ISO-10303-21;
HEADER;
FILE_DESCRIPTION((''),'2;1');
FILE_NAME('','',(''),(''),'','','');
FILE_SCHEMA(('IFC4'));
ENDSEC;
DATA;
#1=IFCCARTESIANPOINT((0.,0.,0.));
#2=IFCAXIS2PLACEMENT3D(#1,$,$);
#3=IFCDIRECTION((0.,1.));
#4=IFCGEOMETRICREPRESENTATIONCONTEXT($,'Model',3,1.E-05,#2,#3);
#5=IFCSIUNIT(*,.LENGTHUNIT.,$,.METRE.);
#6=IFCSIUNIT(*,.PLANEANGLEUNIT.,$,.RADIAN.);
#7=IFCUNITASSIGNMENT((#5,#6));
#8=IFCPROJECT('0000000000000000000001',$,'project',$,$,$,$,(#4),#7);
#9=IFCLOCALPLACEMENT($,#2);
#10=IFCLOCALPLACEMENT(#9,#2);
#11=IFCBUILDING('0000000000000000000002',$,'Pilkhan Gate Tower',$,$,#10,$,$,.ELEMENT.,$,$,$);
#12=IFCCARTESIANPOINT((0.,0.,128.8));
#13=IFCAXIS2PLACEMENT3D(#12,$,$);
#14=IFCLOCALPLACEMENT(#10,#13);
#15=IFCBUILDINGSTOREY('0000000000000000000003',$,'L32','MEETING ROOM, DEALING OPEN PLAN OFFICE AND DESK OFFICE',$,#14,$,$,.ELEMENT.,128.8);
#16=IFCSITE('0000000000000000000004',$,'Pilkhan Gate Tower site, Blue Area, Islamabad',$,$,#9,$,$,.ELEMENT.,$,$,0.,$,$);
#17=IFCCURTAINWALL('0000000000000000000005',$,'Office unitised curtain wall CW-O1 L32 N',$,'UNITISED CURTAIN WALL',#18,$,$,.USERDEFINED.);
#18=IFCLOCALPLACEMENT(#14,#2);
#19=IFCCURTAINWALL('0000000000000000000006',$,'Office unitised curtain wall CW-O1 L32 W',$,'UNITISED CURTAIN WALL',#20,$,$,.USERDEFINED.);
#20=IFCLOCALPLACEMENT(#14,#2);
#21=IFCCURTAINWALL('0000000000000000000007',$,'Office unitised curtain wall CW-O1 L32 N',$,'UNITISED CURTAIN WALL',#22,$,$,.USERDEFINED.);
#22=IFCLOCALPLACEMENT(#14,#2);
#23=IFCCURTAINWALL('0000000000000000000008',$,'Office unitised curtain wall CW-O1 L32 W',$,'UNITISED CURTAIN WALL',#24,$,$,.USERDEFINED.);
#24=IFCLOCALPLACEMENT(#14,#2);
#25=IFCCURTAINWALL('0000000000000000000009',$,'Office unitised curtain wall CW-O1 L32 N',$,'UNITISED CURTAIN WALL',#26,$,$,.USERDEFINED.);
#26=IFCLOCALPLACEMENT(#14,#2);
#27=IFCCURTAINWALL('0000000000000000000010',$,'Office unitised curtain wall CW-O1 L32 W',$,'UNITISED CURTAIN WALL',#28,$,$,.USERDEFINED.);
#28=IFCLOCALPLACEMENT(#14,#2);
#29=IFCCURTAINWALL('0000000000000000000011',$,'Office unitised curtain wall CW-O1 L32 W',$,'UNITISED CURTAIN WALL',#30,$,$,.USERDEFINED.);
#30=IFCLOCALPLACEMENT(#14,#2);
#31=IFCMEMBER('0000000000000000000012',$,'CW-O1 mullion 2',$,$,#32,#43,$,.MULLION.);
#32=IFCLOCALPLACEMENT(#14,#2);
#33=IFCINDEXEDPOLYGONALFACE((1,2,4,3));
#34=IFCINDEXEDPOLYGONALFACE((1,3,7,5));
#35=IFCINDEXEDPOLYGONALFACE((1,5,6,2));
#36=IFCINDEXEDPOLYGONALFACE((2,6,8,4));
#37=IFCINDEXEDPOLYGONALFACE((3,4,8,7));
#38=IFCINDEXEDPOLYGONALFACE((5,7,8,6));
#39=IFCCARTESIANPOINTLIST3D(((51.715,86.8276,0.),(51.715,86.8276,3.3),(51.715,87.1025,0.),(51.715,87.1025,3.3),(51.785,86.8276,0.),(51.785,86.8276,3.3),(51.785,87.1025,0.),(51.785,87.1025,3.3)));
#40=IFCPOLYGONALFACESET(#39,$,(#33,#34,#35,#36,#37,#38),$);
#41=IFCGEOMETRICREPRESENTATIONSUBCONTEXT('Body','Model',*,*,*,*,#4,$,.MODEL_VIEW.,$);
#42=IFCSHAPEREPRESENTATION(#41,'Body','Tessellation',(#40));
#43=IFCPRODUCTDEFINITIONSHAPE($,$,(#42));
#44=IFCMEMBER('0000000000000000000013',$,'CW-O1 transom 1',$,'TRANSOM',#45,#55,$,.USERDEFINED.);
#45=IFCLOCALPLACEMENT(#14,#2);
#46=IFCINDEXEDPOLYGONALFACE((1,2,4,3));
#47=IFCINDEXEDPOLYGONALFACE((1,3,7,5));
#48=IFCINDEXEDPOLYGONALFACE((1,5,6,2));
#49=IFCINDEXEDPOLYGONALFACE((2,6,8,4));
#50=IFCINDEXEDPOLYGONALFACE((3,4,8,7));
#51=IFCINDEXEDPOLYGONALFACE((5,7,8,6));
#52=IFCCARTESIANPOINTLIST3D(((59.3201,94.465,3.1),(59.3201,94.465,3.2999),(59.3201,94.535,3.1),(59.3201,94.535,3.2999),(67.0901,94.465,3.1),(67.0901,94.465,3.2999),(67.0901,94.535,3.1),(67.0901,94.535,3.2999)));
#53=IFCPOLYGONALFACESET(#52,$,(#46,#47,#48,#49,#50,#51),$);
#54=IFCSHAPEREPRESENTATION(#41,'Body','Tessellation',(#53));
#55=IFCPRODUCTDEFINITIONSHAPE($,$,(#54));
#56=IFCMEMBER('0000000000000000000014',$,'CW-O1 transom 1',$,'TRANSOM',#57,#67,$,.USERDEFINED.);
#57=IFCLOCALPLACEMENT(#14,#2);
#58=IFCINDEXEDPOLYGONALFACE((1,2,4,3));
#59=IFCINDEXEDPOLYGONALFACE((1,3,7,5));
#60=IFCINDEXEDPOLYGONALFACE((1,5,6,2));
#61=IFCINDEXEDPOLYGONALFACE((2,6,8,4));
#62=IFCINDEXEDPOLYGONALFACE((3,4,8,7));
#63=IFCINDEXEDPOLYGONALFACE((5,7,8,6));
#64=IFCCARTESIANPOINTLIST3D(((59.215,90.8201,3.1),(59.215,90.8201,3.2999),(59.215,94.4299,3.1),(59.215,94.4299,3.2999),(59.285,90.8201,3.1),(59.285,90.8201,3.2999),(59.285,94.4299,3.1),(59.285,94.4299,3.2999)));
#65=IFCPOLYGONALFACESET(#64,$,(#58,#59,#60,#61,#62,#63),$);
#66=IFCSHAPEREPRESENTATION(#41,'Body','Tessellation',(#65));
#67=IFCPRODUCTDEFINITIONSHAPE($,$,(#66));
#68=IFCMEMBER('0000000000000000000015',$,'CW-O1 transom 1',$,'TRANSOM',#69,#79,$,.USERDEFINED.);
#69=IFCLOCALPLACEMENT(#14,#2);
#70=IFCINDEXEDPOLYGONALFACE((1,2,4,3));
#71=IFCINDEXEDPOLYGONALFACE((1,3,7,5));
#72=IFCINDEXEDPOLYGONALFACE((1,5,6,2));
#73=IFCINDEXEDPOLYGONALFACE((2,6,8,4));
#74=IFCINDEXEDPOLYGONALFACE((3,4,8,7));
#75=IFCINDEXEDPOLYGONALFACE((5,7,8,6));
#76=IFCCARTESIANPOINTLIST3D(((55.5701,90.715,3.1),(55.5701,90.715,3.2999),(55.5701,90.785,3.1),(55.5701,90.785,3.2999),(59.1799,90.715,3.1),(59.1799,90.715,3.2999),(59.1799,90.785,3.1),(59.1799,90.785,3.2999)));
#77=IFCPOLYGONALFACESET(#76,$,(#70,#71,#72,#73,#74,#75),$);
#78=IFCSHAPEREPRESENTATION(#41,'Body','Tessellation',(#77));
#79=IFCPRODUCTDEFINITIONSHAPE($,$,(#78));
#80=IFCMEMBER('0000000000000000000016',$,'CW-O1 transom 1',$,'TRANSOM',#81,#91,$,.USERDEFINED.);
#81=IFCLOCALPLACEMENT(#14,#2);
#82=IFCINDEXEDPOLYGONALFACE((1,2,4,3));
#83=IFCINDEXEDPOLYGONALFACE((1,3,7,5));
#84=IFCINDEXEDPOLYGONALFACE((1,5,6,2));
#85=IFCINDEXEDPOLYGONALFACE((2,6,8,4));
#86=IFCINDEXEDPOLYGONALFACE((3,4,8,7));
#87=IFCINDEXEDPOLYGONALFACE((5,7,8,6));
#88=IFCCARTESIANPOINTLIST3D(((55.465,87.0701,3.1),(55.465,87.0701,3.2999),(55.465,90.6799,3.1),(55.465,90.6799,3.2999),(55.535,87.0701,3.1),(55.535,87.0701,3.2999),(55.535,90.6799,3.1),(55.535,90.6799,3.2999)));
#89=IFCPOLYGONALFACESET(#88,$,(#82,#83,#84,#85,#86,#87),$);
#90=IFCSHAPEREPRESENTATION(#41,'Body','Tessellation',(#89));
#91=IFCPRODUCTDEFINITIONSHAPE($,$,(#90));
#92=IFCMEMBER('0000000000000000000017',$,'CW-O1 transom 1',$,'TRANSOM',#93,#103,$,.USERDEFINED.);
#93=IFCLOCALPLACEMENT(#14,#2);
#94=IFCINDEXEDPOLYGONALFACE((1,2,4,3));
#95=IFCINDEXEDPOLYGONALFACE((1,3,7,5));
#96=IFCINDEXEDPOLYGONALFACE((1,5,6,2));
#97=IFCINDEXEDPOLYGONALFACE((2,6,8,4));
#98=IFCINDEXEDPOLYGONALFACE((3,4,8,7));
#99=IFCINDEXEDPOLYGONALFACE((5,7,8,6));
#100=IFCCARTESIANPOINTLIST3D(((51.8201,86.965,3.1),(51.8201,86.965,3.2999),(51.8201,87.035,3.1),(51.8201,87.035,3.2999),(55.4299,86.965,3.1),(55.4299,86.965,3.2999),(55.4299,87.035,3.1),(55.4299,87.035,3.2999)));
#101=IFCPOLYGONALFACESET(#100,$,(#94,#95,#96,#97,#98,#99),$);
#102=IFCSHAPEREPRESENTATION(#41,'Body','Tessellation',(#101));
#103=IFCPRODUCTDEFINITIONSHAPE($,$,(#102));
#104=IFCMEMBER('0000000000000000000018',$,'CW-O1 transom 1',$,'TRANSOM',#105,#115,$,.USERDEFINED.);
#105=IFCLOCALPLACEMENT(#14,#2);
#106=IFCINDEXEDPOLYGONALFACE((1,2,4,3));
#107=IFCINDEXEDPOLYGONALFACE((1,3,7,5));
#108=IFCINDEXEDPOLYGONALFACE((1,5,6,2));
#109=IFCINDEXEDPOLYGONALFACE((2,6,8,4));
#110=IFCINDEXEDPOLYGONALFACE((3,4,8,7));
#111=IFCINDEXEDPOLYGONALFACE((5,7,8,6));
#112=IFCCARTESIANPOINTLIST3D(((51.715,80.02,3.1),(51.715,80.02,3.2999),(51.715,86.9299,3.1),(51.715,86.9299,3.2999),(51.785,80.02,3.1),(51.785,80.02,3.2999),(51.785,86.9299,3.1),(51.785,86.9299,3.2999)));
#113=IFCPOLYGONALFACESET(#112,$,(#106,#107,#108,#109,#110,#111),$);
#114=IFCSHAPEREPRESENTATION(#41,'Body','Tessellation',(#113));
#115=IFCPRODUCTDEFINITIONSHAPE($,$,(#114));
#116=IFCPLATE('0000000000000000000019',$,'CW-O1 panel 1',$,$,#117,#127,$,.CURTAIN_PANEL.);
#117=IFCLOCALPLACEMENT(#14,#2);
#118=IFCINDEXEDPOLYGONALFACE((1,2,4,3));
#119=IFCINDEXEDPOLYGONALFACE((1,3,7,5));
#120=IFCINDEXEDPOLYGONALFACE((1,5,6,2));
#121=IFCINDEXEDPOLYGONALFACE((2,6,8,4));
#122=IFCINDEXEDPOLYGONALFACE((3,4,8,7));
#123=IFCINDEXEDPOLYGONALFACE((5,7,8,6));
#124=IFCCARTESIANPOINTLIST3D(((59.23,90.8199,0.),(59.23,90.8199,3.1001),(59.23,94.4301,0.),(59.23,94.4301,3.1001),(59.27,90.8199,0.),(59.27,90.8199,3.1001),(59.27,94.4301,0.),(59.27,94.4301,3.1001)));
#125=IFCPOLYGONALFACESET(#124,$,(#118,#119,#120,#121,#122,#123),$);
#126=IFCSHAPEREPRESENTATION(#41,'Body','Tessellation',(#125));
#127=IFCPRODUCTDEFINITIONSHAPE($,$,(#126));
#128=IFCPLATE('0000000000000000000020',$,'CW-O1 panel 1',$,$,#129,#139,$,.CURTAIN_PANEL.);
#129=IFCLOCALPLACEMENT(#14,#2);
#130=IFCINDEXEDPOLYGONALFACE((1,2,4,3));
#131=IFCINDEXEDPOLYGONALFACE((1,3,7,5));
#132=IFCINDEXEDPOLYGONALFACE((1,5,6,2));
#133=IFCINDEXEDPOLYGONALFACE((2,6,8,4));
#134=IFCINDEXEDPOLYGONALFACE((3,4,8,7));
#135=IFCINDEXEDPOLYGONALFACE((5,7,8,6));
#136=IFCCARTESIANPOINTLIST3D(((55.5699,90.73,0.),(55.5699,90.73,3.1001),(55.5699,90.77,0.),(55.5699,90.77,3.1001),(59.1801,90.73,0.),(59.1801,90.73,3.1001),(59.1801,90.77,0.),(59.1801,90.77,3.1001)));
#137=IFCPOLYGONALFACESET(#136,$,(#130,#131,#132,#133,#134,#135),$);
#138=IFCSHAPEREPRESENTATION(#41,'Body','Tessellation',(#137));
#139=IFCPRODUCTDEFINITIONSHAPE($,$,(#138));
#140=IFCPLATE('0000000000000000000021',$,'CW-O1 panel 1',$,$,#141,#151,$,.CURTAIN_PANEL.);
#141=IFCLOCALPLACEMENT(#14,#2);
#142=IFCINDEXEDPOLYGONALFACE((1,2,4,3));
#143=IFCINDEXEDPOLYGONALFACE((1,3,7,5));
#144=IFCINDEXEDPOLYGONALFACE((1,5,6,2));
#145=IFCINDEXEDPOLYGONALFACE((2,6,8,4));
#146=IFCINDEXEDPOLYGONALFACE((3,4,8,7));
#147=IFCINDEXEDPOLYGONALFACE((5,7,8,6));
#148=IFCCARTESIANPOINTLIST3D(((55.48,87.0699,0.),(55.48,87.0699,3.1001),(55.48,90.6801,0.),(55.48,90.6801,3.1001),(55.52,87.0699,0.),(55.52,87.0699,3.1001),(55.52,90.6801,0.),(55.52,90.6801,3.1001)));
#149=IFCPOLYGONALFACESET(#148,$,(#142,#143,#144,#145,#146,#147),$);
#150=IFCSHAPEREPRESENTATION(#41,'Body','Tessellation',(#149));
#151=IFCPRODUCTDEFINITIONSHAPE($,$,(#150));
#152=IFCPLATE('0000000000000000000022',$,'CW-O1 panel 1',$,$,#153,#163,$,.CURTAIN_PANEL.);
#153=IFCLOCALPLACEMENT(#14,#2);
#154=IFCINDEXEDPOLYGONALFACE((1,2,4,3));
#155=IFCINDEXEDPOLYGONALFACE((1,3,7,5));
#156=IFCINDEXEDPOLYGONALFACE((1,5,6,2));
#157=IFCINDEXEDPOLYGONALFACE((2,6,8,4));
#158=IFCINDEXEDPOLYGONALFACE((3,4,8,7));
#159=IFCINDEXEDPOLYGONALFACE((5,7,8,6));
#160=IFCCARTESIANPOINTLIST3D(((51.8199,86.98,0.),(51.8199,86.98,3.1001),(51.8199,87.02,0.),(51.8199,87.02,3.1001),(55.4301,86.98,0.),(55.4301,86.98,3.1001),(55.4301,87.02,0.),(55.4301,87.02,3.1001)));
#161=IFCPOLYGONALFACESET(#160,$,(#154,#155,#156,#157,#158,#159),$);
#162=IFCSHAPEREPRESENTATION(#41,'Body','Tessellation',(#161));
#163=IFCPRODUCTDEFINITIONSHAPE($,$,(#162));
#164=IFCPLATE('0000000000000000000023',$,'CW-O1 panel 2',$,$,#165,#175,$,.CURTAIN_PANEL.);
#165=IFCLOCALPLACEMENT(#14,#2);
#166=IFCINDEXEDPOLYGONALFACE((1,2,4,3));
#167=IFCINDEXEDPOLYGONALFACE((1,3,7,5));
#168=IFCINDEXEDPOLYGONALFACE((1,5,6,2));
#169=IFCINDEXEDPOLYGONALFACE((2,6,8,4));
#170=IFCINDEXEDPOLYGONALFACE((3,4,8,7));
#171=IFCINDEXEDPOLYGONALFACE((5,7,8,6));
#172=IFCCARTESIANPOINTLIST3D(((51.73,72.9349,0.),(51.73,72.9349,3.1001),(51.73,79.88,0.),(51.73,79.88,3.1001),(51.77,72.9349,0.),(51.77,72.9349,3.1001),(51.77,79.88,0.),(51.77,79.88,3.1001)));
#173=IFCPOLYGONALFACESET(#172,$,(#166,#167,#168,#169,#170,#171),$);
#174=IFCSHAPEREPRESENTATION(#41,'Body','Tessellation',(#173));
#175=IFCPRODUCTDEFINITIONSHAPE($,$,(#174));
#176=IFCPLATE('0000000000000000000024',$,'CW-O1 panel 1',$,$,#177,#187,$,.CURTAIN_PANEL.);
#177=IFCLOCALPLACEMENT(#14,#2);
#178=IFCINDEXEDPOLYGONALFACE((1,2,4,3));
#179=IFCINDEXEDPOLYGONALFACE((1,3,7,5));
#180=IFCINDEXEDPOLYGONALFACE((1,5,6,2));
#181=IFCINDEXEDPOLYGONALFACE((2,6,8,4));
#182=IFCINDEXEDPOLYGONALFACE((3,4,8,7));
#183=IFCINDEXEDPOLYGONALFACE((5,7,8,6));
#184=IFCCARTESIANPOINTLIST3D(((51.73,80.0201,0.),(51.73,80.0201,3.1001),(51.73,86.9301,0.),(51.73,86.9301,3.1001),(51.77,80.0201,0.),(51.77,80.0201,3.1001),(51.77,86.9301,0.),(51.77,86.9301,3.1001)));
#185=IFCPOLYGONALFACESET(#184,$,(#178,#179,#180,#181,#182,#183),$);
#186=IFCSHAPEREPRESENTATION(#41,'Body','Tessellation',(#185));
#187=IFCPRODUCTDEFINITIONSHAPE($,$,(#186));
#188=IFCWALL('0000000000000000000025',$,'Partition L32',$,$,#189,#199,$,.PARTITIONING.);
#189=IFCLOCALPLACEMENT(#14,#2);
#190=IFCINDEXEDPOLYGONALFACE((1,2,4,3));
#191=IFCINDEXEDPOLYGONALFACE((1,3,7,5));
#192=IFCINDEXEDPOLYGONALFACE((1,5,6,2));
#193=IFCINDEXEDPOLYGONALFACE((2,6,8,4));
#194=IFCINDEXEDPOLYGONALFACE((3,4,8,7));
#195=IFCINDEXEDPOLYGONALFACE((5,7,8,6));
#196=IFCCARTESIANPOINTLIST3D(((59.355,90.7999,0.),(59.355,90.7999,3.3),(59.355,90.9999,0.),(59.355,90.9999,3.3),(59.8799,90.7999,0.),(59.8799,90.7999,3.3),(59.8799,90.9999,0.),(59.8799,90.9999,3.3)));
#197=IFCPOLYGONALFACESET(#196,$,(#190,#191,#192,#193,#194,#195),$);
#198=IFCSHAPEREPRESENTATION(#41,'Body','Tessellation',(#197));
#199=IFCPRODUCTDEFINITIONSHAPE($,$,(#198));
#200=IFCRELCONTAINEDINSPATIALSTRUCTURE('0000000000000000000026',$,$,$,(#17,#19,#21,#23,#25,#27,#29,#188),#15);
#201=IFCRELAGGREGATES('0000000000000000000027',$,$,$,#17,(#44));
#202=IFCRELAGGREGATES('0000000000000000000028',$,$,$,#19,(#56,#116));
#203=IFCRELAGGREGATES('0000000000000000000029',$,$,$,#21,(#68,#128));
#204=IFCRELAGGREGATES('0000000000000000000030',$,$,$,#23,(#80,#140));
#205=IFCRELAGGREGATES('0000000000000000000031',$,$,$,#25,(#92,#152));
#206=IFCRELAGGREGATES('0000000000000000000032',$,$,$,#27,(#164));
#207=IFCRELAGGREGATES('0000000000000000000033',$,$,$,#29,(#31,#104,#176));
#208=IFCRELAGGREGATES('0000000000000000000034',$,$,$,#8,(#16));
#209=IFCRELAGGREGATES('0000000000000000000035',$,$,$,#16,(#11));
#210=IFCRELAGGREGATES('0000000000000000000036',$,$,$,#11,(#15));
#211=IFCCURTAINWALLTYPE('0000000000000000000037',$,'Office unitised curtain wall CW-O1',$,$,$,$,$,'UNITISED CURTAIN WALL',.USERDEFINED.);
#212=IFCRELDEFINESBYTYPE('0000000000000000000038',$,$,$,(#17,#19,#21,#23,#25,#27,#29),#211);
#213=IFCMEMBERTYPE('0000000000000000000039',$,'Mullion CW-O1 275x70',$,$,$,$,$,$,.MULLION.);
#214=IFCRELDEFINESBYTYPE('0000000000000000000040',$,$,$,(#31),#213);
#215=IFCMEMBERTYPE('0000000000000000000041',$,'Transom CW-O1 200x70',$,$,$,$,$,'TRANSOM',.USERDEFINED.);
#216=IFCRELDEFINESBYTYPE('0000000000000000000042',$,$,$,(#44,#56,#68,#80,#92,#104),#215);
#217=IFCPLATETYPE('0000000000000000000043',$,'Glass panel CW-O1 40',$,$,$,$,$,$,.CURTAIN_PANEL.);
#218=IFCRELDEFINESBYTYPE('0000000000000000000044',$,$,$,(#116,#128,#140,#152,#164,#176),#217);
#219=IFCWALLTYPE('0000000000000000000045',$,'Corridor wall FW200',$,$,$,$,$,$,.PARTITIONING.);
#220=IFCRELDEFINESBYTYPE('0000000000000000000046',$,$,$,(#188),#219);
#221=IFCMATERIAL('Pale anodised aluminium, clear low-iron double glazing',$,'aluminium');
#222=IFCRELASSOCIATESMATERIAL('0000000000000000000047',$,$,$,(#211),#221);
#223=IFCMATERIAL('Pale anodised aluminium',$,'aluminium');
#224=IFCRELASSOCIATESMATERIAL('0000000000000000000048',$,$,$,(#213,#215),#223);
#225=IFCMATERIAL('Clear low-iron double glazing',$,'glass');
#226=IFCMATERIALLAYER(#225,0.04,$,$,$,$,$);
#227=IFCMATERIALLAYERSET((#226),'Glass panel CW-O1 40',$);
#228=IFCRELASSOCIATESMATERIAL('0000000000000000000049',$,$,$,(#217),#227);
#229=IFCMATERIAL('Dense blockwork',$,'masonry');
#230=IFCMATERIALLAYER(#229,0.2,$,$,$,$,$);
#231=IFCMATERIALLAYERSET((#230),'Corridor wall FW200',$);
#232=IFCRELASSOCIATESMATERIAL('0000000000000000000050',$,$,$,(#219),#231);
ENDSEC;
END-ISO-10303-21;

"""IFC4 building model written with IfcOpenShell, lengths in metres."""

from ifc_helpers import new_model, si_unit, direction, frame, frame_2d, origin, origin_2d, place, context, subcontext, project, spatial, rectangle, extrude, material, layer, layer_set, material_profile, profile_set, type_object, element, aggregate, save


model = new_model("IFC4")

# Units and contexts
model_context = context("Model", 3, precision=1e-05, world=origin(), true_north=direction((0.0, 1.0)))
body_context = subcontext(model_context, "Body", "Model", "MODEL_VIEW")
ifc_project = project(units=[si_unit("LENGTHUNIT", "METRE"), si_unit("PLANEANGLEUNIT", "RADIAN")], contexts=[model_context])

# Site, building, storey
site_placement = place(None, origin())
site = spatial("IfcSite", under=ifc_project, at=site_placement, Name="Pilkhan Gate Tower site, Blue Area, Islamabad", CompositionType="ELEMENT", RefElevation=0.0)
building_placement = place(site_placement, origin())
building = spatial("IfcBuilding", under=site, at=building_placement, Name="Pilkhan Gate Tower", CompositionType="ELEMENT")
storey_placement = place(building_placement, frame((0.0, 0.0, 128.8)))
storey = spatial("IfcBuildingStorey", under=building, at=storey_placement, Name="L32", Description="MEETING ROOM, DEALING OPEN PLAN OFFICE AND DESK OFFICE", CompositionType="ELEMENT", Elevation=128.8)

# Curtain wall
ifc_material_1 = material(Name="Pale anodised aluminium, clear low-iron double glazing", Category="aluminium")
curtain_wall_type = type_object("IfcCurtainWallType", Name="Office unitised curtain wall CW-O1", ElementType="UNITISED CURTAIN WALL", PredefinedType="USERDEFINED", material=ifc_material_1)
curtain_wall_1_placement = place(storey_placement, origin())
curtain_wall_1 = element("IfcCurtainWall", 1, at=curtain_wall_1_placement, inside=storey, type_object=curtain_wall_type, Name="Office unitised curtain wall CW-O1 L32 N", ObjectType="UNITISED CURTAIN WALL", PredefinedType="USERDEFINED")
ifc_material_2 = material(Name="Pale anodised aluminium", Category="aluminium")
ifc_material_profile_1 = material_profile(ifc_material_2, rectangle(XDim=0.0701, YDim=0.2749, at=origin_2d()), Name="Mullion 275x70")
ifc_profile_set_1 = profile_set([ifc_material_profile_1], Name="Pale anodised aluminium")
member_type_1 = type_object("IfcMemberType", Name="Mullion CW-O1 275x70", PredefinedType="MULLION", material=ifc_profile_set_1)

# Curtain walls
curtain_wall_2_placement = place(storey_placement, origin())
curtain_wall_2 = element("IfcCurtainWall", 2, at=curtain_wall_2_placement, inside=storey, type_object=curtain_wall_type, Name="Office unitised curtain wall CW-O1 L32 W", ObjectType="UNITISED CURTAIN WALL", PredefinedType="USERDEFINED")
curtain_wall_3_placement = place(storey_placement, origin())
curtain_wall_3 = element("IfcCurtainWall", 3, at=curtain_wall_3_placement, inside=storey, type_object=curtain_wall_type, Name="Office unitised curtain wall CW-O1 L32 N", ObjectType="UNITISED CURTAIN WALL", PredefinedType="USERDEFINED")
curtain_wall_4_placement = place(storey_placement, origin())
curtain_wall_4 = element("IfcCurtainWall", 4, at=curtain_wall_4_placement, inside=storey, type_object=curtain_wall_type, Name="Office unitised curtain wall CW-O1 L32 W", ObjectType="UNITISED CURTAIN WALL", PredefinedType="USERDEFINED")
curtain_wall_5_placement = place(storey_placement, origin())
curtain_wall_5 = element("IfcCurtainWall", 5, at=curtain_wall_5_placement, inside=storey, type_object=curtain_wall_type, Name="Office unitised curtain wall CW-O1 L32 N", ObjectType="UNITISED CURTAIN WALL", PredefinedType="USERDEFINED")

# Curtain wall
curtain_wall_6_placement = place(storey_placement, origin())
curtain_wall_6 = element("IfcCurtainWall", 6, at=curtain_wall_6_placement, inside=storey, type_object=curtain_wall_type, Name="Office unitised curtain wall CW-O1 L32 W", ObjectType="UNITISED CURTAIN WALL", PredefinedType="USERDEFINED")

# Curtain wall, member
curtain_wall_7_placement = place(storey_placement, origin())
curtain_wall_7 = element("IfcCurtainWall", 7, at=curtain_wall_7_placement, inside=storey, type_object=curtain_wall_type, Name="Office unitised curtain wall CW-O1 L32 W", ObjectType="UNITISED CURTAIN WALL", PredefinedType="USERDEFINED")
member_1_placement = place(storey_placement, frame((51.75, 86.9651, 0.0), z_axis=(0.0, 0.0, 1.0), x_axis=(-1.0, 0.0, 0.0)))
member_1 = element("IfcMember", 8, at=member_1_placement, type_object=member_type_1, Name="CW-O1 mullion 2", PredefinedType="MULLION", context=body_context, shape_type="SweptSolid", body=[
    extrude(rectangle(XDim=0.0701, YDim=0.2749, at=origin_2d()), origin(), (0.0, 0.0, 1.0), 3.3),
])

# Members
ifc_material_profile_2 = material_profile(ifc_material_2, rectangle(XDim=0.0701, YDim=0.2, at=origin_2d()), Name="Transom 200x70")
ifc_profile_set_2 = profile_set([ifc_material_profile_2], Name="Pale anodised aluminium")
member_type_2 = type_object("IfcMemberType", Name="Transom CW-O1 200x70", ElementType="TRANSOM", PredefinedType="USERDEFINED", material=ifc_profile_set_2)
member_2_placement = place(storey_placement, frame((59.3201, 94.5, 3.2), z_axis=(1.0, 0.0, 0.0), x_axis=(0.0, 1.0, 0.0)))
member_2 = element("IfcMember", 9, at=member_2_placement, type_object=member_type_2, Name="CW-O1 transom 1", ObjectType="TRANSOM", PredefinedType="USERDEFINED", context=body_context, shape_type="SweptSolid", body=[
    extrude(rectangle(XDim=0.0701, YDim=0.2, at=origin_2d()), origin(), (0.0, 0.0, 1.0), 7.77),
])
aggregate(curtain_wall_1, [member_2])
member_3_placement = place(storey_placement, frame((59.25, 90.8201, 3.2), z_axis=(0.0, 1.0, 0.0), x_axis=(-1.0, 0.0, 0.0)))
member_3 = element("IfcMember", 10, at=member_3_placement, type_object=member_type_2, Name="CW-O1 transom 1", ObjectType="TRANSOM", PredefinedType="USERDEFINED", context=body_context, shape_type="SweptSolid", body=[
    extrude(rectangle(XDim=0.0701, YDim=0.2, at=origin_2d()), origin(), (0.0, 0.0, 1.0), 3.6099),
])
member_4_placement = place(storey_placement, frame((55.5701, 90.75, 3.2), z_axis=(1.0, 0.0, 0.0), x_axis=(0.0, 1.0, 0.0)))
member_4 = element("IfcMember", 11, at=member_4_placement, type_object=member_type_2, Name="CW-O1 transom 1", ObjectType="TRANSOM", PredefinedType="USERDEFINED", context=body_context, shape_type="SweptSolid", body=[
    extrude(rectangle(XDim=0.0701, YDim=0.2, at=origin_2d()), origin(), (0.0, 0.0, 1.0), 3.6099),
])
member_5_placement = place(storey_placement, frame((55.5, 87.0701, 3.2), z_axis=(0.0, 1.0, 0.0), x_axis=(-1.0, 0.0, 0.0)))
member_5 = element("IfcMember", 12, at=member_5_placement, type_object=member_type_2, Name="CW-O1 transom 1", ObjectType="TRANSOM", PredefinedType="USERDEFINED", context=body_context, shape_type="SweptSolid", body=[
    extrude(rectangle(XDim=0.0701, YDim=0.2, at=origin_2d()), origin(), (0.0, 0.0, 1.0), 3.6099),
])
member_6_placement = place(storey_placement, frame((51.8201, 87.0, 3.2), z_axis=(1.0, 0.0, 0.0), x_axis=(0.0, 1.0, 0.0)))
member_6 = element("IfcMember", 13, at=member_6_placement, type_object=member_type_2, Name="CW-O1 transom 1", ObjectType="TRANSOM", PredefinedType="USERDEFINED", context=body_context, shape_type="SweptSolid", body=[
    extrude(rectangle(XDim=0.0701, YDim=0.2, at=origin_2d()), origin(), (0.0, 0.0, 1.0), 3.6099),
])
member_7_placement = place(storey_placement, frame((51.75, 80.02, 3.2), z_axis=(0.0, 1.0, 0.0), x_axis=(-1.0, 0.0, 0.0)))
member_7 = element("IfcMember", 14, at=member_7_placement, type_object=member_type_2, Name="CW-O1 transom 1", ObjectType="TRANSOM", PredefinedType="USERDEFINED", context=body_context, shape_type="SweptSolid", body=[
    extrude(rectangle(XDim=0.0701, YDim=0.2, at=origin_2d()), origin(), (0.0, 0.0, 1.0), 6.9099),
])

# Plates
ifc_material_3 = material(Name="Clear low-iron double glazing", Category="glass")
ifc_layer_1 = layer(ifc_material_3, 0.04)
ifc_layer_set_1 = layer_set([ifc_layer_1], Name="Glass panel CW-O1 40")
plate_type = type_object("IfcPlateType", Name="Glass panel CW-O1 40", PredefinedType="CURTAIN_PANEL", material=ifc_layer_set_1)
plate_1_placement = place(storey_placement, frame((59.25, 92.625, 0.0), z_axis=(0.0, 0.0, 1.0), x_axis=(0.0, 1.0, 0.0)))
plate_1 = element("IfcPlate", 15, at=plate_1_placement, type_object=plate_type, Name="CW-O1 panel 1", PredefinedType="CURTAIN_PANEL", context=body_context, shape_type="SweptSolid", body=[
    extrude(rectangle(XDim=3.6101, YDim=0.04, at=origin_2d()), origin(), (0.0, 0.0, 1.0), 3.1001),
])
aggregate(curtain_wall_2, [member_3, plate_1])
plate_2_placement = place(storey_placement, frame((57.375, 90.75, 0.0), z_axis=(0.0, 0.0, 1.0), x_axis=(1.0, 0.0, 0.0)))
plate_2 = element("IfcPlate", 16, at=plate_2_placement, type_object=plate_type, Name="CW-O1 panel 1", PredefinedType="CURTAIN_PANEL", context=body_context, shape_type="SweptSolid", body=[
    extrude(rectangle(XDim=3.6101, YDim=0.04, at=origin_2d()), origin(), (0.0, 0.0, 1.0), 3.1001),
])
aggregate(curtain_wall_3, [member_4, plate_2])
plate_3_placement = place(storey_placement, frame((55.5, 88.875, 0.0), z_axis=(0.0, 0.0, 1.0), x_axis=(0.0, 1.0, 0.0)))
plate_3 = element("IfcPlate", 17, at=plate_3_placement, type_object=plate_type, Name="CW-O1 panel 1", PredefinedType="CURTAIN_PANEL", context=body_context, shape_type="SweptSolid", body=[
    extrude(rectangle(XDim=3.6101, YDim=0.04, at=origin_2d()), origin(), (0.0, 0.0, 1.0), 3.1001),
])
aggregate(curtain_wall_4, [member_5, plate_3])
plate_4_placement = place(storey_placement, frame((53.625, 87.0, 0.0), z_axis=(0.0, 0.0, 1.0), x_axis=(1.0, 0.0, 0.0)))
plate_4 = element("IfcPlate", 18, at=plate_4_placement, type_object=plate_type, Name="CW-O1 panel 1", PredefinedType="CURTAIN_PANEL", context=body_context, shape_type="SweptSolid", body=[
    extrude(rectangle(XDim=3.6101, YDim=0.04, at=origin_2d()), origin(), (0.0, 0.0, 1.0), 3.1001),
])
aggregate(curtain_wall_5, [member_6, plate_4])
plate_5_placement = place(storey_placement, frame((51.75, 76.4075, 0.0), z_axis=(0.0, 0.0, 1.0), x_axis=(0.0, 1.0, 0.0)))
plate_5 = element("IfcPlate", 19, at=plate_5_placement, type_object=plate_type, Name="CW-O1 panel 2", PredefinedType="CURTAIN_PANEL", context=body_context, shape_type="SweptSolid", body=[
    extrude(rectangle(XDim=6.9451, YDim=0.04, at=origin_2d()), origin(), (0.0, 0.0, 1.0), 3.1001),
])
aggregate(curtain_wall_6, [plate_5])
plate_6_placement = place(storey_placement, frame((51.75, 83.4751, 0.0), z_axis=(0.0, 0.0, 1.0), x_axis=(0.0, 1.0, 0.0)))
plate_6 = element("IfcPlate", 20, at=plate_6_placement, type_object=plate_type, Name="CW-O1 panel 1", PredefinedType="CURTAIN_PANEL", context=body_context, shape_type="SweptSolid", body=[
    extrude(rectangle(XDim=6.9099, YDim=0.04, at=origin_2d()), origin(), (0.0, 0.0, 1.0), 3.1001),
])
aggregate(curtain_wall_7, [member_1, member_7, plate_6])

# Wall
ifc_material_4 = material(Name="Dense blockwork", Category="masonry")
ifc_layer_2 = layer(ifc_material_4, 0.2)
ifc_layer_set_2 = layer_set([ifc_layer_2], Name="Corridor wall FW200")
wall_type_1 = type_object("IfcWallType", Name="Corridor wall FW200", PredefinedType="PARTITIONING", material=ifc_layer_set_2)
wall_1_placement = place(storey_placement, frame((59.355, 90.8999, 0.0), z_axis=(0.0, 0.0, 1.0), x_axis=(1.0, 0.0, 0.0)))
element("IfcWall", 21, at=wall_1_placement, inside=storey, type_object=wall_type_1, Name="Partition L32", PredefinedType="PARTITIONING", context=body_context, shape_type="SweptSolid", body=[
    extrude(rectangle(XDim=0.5249, YDim=0.2, at=frame_2d((0.2625, 0.0))), origin(), (0.0, 0.0, 1.0), 3.3),
])

save(model, "model.ifc")
